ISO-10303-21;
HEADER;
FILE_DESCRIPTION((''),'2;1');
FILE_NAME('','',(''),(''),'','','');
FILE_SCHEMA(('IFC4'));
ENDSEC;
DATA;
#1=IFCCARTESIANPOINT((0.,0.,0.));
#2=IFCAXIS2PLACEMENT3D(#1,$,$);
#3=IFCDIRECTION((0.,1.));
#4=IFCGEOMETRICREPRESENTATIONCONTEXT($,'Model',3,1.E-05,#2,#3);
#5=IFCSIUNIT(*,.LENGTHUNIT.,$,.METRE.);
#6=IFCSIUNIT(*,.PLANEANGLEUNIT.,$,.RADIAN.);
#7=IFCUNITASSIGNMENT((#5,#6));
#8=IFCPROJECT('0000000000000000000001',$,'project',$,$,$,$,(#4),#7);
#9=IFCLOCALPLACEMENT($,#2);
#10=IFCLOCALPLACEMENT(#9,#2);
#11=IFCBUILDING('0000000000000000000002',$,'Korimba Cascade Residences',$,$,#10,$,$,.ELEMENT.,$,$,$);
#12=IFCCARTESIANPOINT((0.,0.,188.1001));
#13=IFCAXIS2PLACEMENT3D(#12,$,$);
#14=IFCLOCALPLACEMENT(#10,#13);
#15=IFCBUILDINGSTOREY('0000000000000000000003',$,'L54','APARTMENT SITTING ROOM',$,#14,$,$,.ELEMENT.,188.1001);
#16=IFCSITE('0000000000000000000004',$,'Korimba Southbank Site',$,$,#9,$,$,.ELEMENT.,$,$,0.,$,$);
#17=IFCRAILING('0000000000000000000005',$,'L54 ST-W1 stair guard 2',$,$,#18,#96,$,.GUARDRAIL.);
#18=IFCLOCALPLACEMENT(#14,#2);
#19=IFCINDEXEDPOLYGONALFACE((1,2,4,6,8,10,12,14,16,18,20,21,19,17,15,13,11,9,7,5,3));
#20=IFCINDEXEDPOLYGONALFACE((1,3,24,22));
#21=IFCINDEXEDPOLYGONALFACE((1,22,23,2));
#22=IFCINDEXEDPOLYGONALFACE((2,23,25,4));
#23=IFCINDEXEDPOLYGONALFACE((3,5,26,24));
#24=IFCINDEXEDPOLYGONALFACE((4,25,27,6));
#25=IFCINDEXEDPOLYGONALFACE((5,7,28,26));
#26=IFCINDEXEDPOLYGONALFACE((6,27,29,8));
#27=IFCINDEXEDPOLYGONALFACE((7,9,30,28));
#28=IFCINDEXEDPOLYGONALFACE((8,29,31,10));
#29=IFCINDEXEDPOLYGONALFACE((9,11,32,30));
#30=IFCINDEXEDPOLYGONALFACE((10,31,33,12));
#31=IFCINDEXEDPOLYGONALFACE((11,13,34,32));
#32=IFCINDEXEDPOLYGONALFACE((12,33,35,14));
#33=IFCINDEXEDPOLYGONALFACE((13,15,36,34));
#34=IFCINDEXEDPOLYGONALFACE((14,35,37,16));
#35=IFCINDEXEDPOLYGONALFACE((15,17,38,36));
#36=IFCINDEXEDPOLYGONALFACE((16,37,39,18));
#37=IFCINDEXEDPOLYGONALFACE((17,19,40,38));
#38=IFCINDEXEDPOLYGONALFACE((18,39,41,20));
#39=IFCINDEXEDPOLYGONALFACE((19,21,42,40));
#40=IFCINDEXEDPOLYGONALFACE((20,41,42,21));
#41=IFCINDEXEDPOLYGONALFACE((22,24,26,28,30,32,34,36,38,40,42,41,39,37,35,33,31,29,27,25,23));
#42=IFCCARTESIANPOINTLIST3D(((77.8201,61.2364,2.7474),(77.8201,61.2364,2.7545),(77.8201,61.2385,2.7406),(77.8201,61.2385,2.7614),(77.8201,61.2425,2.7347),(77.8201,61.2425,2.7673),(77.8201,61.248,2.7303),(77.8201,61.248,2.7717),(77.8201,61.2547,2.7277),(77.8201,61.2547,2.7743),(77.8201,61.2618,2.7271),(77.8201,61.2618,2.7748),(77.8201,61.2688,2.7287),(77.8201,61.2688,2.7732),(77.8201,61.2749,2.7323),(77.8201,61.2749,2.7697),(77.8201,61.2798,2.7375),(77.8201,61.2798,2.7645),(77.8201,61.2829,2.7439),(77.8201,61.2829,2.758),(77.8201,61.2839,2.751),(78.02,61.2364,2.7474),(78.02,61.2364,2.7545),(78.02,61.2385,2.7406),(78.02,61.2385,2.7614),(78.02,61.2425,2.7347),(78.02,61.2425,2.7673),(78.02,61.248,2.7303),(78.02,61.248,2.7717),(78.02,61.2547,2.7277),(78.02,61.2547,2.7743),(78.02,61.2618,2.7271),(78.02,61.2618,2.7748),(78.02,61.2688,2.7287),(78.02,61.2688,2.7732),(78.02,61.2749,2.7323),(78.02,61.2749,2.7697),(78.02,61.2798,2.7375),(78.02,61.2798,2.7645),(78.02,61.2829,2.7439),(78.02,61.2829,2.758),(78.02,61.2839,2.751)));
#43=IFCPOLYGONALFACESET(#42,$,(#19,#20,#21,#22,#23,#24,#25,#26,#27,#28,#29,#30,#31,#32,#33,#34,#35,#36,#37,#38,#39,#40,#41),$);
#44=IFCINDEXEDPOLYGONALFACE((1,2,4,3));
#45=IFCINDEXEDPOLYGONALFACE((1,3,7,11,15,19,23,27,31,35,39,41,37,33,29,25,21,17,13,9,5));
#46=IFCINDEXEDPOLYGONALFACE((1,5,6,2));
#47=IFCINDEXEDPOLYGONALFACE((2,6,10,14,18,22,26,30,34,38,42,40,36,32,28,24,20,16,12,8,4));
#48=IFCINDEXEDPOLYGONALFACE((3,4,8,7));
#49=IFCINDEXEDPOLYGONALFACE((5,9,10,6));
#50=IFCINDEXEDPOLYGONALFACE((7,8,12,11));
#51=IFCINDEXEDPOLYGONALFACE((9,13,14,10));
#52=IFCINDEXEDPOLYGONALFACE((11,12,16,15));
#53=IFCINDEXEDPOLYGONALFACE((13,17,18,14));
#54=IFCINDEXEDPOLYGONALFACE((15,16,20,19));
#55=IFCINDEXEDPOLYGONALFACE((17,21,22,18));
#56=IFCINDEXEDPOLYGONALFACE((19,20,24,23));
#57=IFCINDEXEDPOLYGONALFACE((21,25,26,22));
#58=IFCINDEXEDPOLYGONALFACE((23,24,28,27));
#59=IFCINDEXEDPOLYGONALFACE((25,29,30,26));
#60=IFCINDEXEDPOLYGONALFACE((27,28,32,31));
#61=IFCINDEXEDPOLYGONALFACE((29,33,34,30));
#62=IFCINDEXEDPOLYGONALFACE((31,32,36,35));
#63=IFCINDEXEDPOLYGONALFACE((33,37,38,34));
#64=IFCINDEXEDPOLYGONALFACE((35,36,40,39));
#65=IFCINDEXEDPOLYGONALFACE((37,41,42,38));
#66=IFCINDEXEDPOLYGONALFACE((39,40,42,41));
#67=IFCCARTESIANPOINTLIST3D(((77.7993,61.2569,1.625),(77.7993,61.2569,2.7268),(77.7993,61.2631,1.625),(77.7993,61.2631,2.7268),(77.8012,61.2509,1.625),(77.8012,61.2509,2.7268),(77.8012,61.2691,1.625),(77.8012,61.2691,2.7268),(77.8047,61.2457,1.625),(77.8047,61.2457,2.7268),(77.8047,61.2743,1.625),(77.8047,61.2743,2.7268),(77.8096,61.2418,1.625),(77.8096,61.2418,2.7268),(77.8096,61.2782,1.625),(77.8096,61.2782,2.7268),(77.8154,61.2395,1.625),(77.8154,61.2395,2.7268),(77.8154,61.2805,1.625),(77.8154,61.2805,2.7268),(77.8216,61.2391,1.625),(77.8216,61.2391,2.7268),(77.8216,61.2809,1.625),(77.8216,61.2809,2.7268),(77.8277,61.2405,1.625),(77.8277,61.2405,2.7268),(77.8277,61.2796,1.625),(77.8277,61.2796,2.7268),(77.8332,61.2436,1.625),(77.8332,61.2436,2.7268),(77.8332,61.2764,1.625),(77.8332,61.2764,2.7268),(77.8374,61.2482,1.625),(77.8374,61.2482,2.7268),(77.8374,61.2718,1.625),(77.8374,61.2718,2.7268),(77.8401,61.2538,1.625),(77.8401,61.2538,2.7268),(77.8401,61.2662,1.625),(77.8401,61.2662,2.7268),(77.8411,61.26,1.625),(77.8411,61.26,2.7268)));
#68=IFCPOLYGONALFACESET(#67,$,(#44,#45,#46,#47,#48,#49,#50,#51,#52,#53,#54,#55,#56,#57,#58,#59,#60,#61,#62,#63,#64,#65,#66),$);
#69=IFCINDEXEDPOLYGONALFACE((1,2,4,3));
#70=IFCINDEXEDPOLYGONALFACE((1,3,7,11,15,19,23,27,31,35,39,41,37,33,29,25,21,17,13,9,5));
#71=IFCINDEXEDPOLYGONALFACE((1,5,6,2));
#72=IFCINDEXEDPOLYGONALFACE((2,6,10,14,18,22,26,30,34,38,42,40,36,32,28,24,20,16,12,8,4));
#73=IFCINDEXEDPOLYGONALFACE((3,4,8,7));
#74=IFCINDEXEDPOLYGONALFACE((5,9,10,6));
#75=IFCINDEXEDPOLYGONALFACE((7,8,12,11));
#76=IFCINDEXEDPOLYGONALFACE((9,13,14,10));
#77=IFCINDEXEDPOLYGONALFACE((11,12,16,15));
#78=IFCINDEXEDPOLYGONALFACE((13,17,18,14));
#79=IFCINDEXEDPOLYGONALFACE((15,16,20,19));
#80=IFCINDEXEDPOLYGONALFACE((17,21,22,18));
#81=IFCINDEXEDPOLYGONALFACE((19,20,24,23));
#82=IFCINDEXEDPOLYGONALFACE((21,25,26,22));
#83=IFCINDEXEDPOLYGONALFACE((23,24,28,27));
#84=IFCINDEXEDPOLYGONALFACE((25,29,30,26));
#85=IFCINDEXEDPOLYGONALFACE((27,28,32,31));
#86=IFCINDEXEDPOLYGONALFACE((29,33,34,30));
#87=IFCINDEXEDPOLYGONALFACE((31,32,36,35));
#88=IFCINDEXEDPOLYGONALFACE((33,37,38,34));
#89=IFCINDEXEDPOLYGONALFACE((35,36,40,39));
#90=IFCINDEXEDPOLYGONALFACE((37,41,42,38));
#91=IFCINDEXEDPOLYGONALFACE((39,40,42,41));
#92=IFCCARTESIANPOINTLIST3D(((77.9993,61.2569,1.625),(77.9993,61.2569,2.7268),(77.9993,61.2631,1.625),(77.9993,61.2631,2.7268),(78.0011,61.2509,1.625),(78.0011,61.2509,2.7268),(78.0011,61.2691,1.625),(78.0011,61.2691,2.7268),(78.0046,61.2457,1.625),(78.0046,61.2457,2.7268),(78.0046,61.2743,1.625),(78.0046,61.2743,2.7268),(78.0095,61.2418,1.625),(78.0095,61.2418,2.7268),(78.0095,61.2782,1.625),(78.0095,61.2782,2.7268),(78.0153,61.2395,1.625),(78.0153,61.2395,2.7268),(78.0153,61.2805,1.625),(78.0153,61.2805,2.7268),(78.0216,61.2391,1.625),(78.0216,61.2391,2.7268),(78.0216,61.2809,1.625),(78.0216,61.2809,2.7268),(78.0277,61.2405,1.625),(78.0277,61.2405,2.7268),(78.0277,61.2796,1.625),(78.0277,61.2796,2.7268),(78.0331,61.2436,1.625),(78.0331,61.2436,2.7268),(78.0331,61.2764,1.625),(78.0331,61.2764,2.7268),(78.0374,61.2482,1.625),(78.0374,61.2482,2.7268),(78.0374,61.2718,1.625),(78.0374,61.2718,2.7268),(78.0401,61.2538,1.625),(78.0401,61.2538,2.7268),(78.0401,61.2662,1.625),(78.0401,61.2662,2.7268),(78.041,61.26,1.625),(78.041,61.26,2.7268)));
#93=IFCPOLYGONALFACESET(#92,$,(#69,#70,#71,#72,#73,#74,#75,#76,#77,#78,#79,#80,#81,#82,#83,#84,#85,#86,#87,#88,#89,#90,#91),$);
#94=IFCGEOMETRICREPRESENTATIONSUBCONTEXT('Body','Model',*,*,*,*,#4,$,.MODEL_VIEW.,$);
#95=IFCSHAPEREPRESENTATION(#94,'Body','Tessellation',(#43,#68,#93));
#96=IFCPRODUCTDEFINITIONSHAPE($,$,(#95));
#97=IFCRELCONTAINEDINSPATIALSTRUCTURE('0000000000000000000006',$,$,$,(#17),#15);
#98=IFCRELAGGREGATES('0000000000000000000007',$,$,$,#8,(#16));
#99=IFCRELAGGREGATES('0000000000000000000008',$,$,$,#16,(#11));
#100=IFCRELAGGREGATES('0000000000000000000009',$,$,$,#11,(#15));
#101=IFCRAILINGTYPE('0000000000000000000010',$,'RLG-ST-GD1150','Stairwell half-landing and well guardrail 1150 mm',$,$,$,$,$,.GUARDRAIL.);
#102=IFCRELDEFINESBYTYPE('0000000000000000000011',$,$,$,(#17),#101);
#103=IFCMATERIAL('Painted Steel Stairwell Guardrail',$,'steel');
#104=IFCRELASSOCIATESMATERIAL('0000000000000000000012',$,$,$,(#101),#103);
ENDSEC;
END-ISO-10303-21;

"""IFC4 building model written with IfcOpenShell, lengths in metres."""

from ifc_helpers import new_model, si_unit, direction, frame, origin, origin_2d, place, context, subcontext, project, spatial, circle, extrude, material, type_object, element, save


model = new_model("IFC4")

# Units and contexts
model_context = context("Model", 3, precision=1e-05, world=origin(), true_north=direction((0.0, 1.0)))
body_context = subcontext(model_context, "Body", "Model", "MODEL_VIEW")
ifc_project = project(units=[si_unit("LENGTHUNIT", "METRE"), si_unit("PLANEANGLEUNIT", "RADIAN")], contexts=[model_context])

# Site, building, storey
site_placement = place(None, origin())
site = spatial("IfcSite", under=ifc_project, at=site_placement, Name="Korimba Southbank Site", CompositionType="ELEMENT", RefElevation=0.0)
building_placement = place(site_placement, origin())
building = spatial("IfcBuilding", under=site, at=building_placement, Name="Korimba Cascade Residences", CompositionType="ELEMENT")
storey_placement = place(building_placement, frame((0.0, 0.0, 188.1001)))
storey = spatial("IfcBuildingStorey", under=building, at=storey_placement, Name="L54", Description="APARTMENT SITTING ROOM", CompositionType="ELEMENT", Elevation=188.1001)

# Railing
ifc_material_1 = material(Name="Painted Steel Stairwell Guardrail", Category="steel")
railing_type_1 = type_object("IfcRailingType", Name="RLG-ST-GD1150", Description="Stairwell half-landing and well guardrail 1150 mm", PredefinedType="GUARDRAIL", material=ifc_material_1)
railing_1_placement = place(storey_placement, frame((77.8201, 61.26, 1.625)))
element("IfcRailing", 1, at=railing_1_placement, inside=storey, type_object=railing_type_1, Name="L54 ST-W1 stair guard 2", PredefinedType="GUARDRAIL", context=body_context, shape_type="SweptSolid", body=[
    extrude(circle(Radius=0.0239, at=origin_2d()), frame((0.0, 0.0, 1.126), z_axis=(1.0, 0.0, 0.0), x_axis=(0.0, 1.0, 0.0)), (0.0, 0.0, 1.0), 0.2),
    extrude(circle(Radius=0.021, at=origin_2d()), origin(), (0.0, 0.0, 1.0), 1.1018),
    extrude(circle(Radius=0.021, at=origin_2d()), frame((0.2, 0.0, 0.0)), (0.0, 0.0, 1.0), 1.1018),
])

save(model, "model.ifc")
